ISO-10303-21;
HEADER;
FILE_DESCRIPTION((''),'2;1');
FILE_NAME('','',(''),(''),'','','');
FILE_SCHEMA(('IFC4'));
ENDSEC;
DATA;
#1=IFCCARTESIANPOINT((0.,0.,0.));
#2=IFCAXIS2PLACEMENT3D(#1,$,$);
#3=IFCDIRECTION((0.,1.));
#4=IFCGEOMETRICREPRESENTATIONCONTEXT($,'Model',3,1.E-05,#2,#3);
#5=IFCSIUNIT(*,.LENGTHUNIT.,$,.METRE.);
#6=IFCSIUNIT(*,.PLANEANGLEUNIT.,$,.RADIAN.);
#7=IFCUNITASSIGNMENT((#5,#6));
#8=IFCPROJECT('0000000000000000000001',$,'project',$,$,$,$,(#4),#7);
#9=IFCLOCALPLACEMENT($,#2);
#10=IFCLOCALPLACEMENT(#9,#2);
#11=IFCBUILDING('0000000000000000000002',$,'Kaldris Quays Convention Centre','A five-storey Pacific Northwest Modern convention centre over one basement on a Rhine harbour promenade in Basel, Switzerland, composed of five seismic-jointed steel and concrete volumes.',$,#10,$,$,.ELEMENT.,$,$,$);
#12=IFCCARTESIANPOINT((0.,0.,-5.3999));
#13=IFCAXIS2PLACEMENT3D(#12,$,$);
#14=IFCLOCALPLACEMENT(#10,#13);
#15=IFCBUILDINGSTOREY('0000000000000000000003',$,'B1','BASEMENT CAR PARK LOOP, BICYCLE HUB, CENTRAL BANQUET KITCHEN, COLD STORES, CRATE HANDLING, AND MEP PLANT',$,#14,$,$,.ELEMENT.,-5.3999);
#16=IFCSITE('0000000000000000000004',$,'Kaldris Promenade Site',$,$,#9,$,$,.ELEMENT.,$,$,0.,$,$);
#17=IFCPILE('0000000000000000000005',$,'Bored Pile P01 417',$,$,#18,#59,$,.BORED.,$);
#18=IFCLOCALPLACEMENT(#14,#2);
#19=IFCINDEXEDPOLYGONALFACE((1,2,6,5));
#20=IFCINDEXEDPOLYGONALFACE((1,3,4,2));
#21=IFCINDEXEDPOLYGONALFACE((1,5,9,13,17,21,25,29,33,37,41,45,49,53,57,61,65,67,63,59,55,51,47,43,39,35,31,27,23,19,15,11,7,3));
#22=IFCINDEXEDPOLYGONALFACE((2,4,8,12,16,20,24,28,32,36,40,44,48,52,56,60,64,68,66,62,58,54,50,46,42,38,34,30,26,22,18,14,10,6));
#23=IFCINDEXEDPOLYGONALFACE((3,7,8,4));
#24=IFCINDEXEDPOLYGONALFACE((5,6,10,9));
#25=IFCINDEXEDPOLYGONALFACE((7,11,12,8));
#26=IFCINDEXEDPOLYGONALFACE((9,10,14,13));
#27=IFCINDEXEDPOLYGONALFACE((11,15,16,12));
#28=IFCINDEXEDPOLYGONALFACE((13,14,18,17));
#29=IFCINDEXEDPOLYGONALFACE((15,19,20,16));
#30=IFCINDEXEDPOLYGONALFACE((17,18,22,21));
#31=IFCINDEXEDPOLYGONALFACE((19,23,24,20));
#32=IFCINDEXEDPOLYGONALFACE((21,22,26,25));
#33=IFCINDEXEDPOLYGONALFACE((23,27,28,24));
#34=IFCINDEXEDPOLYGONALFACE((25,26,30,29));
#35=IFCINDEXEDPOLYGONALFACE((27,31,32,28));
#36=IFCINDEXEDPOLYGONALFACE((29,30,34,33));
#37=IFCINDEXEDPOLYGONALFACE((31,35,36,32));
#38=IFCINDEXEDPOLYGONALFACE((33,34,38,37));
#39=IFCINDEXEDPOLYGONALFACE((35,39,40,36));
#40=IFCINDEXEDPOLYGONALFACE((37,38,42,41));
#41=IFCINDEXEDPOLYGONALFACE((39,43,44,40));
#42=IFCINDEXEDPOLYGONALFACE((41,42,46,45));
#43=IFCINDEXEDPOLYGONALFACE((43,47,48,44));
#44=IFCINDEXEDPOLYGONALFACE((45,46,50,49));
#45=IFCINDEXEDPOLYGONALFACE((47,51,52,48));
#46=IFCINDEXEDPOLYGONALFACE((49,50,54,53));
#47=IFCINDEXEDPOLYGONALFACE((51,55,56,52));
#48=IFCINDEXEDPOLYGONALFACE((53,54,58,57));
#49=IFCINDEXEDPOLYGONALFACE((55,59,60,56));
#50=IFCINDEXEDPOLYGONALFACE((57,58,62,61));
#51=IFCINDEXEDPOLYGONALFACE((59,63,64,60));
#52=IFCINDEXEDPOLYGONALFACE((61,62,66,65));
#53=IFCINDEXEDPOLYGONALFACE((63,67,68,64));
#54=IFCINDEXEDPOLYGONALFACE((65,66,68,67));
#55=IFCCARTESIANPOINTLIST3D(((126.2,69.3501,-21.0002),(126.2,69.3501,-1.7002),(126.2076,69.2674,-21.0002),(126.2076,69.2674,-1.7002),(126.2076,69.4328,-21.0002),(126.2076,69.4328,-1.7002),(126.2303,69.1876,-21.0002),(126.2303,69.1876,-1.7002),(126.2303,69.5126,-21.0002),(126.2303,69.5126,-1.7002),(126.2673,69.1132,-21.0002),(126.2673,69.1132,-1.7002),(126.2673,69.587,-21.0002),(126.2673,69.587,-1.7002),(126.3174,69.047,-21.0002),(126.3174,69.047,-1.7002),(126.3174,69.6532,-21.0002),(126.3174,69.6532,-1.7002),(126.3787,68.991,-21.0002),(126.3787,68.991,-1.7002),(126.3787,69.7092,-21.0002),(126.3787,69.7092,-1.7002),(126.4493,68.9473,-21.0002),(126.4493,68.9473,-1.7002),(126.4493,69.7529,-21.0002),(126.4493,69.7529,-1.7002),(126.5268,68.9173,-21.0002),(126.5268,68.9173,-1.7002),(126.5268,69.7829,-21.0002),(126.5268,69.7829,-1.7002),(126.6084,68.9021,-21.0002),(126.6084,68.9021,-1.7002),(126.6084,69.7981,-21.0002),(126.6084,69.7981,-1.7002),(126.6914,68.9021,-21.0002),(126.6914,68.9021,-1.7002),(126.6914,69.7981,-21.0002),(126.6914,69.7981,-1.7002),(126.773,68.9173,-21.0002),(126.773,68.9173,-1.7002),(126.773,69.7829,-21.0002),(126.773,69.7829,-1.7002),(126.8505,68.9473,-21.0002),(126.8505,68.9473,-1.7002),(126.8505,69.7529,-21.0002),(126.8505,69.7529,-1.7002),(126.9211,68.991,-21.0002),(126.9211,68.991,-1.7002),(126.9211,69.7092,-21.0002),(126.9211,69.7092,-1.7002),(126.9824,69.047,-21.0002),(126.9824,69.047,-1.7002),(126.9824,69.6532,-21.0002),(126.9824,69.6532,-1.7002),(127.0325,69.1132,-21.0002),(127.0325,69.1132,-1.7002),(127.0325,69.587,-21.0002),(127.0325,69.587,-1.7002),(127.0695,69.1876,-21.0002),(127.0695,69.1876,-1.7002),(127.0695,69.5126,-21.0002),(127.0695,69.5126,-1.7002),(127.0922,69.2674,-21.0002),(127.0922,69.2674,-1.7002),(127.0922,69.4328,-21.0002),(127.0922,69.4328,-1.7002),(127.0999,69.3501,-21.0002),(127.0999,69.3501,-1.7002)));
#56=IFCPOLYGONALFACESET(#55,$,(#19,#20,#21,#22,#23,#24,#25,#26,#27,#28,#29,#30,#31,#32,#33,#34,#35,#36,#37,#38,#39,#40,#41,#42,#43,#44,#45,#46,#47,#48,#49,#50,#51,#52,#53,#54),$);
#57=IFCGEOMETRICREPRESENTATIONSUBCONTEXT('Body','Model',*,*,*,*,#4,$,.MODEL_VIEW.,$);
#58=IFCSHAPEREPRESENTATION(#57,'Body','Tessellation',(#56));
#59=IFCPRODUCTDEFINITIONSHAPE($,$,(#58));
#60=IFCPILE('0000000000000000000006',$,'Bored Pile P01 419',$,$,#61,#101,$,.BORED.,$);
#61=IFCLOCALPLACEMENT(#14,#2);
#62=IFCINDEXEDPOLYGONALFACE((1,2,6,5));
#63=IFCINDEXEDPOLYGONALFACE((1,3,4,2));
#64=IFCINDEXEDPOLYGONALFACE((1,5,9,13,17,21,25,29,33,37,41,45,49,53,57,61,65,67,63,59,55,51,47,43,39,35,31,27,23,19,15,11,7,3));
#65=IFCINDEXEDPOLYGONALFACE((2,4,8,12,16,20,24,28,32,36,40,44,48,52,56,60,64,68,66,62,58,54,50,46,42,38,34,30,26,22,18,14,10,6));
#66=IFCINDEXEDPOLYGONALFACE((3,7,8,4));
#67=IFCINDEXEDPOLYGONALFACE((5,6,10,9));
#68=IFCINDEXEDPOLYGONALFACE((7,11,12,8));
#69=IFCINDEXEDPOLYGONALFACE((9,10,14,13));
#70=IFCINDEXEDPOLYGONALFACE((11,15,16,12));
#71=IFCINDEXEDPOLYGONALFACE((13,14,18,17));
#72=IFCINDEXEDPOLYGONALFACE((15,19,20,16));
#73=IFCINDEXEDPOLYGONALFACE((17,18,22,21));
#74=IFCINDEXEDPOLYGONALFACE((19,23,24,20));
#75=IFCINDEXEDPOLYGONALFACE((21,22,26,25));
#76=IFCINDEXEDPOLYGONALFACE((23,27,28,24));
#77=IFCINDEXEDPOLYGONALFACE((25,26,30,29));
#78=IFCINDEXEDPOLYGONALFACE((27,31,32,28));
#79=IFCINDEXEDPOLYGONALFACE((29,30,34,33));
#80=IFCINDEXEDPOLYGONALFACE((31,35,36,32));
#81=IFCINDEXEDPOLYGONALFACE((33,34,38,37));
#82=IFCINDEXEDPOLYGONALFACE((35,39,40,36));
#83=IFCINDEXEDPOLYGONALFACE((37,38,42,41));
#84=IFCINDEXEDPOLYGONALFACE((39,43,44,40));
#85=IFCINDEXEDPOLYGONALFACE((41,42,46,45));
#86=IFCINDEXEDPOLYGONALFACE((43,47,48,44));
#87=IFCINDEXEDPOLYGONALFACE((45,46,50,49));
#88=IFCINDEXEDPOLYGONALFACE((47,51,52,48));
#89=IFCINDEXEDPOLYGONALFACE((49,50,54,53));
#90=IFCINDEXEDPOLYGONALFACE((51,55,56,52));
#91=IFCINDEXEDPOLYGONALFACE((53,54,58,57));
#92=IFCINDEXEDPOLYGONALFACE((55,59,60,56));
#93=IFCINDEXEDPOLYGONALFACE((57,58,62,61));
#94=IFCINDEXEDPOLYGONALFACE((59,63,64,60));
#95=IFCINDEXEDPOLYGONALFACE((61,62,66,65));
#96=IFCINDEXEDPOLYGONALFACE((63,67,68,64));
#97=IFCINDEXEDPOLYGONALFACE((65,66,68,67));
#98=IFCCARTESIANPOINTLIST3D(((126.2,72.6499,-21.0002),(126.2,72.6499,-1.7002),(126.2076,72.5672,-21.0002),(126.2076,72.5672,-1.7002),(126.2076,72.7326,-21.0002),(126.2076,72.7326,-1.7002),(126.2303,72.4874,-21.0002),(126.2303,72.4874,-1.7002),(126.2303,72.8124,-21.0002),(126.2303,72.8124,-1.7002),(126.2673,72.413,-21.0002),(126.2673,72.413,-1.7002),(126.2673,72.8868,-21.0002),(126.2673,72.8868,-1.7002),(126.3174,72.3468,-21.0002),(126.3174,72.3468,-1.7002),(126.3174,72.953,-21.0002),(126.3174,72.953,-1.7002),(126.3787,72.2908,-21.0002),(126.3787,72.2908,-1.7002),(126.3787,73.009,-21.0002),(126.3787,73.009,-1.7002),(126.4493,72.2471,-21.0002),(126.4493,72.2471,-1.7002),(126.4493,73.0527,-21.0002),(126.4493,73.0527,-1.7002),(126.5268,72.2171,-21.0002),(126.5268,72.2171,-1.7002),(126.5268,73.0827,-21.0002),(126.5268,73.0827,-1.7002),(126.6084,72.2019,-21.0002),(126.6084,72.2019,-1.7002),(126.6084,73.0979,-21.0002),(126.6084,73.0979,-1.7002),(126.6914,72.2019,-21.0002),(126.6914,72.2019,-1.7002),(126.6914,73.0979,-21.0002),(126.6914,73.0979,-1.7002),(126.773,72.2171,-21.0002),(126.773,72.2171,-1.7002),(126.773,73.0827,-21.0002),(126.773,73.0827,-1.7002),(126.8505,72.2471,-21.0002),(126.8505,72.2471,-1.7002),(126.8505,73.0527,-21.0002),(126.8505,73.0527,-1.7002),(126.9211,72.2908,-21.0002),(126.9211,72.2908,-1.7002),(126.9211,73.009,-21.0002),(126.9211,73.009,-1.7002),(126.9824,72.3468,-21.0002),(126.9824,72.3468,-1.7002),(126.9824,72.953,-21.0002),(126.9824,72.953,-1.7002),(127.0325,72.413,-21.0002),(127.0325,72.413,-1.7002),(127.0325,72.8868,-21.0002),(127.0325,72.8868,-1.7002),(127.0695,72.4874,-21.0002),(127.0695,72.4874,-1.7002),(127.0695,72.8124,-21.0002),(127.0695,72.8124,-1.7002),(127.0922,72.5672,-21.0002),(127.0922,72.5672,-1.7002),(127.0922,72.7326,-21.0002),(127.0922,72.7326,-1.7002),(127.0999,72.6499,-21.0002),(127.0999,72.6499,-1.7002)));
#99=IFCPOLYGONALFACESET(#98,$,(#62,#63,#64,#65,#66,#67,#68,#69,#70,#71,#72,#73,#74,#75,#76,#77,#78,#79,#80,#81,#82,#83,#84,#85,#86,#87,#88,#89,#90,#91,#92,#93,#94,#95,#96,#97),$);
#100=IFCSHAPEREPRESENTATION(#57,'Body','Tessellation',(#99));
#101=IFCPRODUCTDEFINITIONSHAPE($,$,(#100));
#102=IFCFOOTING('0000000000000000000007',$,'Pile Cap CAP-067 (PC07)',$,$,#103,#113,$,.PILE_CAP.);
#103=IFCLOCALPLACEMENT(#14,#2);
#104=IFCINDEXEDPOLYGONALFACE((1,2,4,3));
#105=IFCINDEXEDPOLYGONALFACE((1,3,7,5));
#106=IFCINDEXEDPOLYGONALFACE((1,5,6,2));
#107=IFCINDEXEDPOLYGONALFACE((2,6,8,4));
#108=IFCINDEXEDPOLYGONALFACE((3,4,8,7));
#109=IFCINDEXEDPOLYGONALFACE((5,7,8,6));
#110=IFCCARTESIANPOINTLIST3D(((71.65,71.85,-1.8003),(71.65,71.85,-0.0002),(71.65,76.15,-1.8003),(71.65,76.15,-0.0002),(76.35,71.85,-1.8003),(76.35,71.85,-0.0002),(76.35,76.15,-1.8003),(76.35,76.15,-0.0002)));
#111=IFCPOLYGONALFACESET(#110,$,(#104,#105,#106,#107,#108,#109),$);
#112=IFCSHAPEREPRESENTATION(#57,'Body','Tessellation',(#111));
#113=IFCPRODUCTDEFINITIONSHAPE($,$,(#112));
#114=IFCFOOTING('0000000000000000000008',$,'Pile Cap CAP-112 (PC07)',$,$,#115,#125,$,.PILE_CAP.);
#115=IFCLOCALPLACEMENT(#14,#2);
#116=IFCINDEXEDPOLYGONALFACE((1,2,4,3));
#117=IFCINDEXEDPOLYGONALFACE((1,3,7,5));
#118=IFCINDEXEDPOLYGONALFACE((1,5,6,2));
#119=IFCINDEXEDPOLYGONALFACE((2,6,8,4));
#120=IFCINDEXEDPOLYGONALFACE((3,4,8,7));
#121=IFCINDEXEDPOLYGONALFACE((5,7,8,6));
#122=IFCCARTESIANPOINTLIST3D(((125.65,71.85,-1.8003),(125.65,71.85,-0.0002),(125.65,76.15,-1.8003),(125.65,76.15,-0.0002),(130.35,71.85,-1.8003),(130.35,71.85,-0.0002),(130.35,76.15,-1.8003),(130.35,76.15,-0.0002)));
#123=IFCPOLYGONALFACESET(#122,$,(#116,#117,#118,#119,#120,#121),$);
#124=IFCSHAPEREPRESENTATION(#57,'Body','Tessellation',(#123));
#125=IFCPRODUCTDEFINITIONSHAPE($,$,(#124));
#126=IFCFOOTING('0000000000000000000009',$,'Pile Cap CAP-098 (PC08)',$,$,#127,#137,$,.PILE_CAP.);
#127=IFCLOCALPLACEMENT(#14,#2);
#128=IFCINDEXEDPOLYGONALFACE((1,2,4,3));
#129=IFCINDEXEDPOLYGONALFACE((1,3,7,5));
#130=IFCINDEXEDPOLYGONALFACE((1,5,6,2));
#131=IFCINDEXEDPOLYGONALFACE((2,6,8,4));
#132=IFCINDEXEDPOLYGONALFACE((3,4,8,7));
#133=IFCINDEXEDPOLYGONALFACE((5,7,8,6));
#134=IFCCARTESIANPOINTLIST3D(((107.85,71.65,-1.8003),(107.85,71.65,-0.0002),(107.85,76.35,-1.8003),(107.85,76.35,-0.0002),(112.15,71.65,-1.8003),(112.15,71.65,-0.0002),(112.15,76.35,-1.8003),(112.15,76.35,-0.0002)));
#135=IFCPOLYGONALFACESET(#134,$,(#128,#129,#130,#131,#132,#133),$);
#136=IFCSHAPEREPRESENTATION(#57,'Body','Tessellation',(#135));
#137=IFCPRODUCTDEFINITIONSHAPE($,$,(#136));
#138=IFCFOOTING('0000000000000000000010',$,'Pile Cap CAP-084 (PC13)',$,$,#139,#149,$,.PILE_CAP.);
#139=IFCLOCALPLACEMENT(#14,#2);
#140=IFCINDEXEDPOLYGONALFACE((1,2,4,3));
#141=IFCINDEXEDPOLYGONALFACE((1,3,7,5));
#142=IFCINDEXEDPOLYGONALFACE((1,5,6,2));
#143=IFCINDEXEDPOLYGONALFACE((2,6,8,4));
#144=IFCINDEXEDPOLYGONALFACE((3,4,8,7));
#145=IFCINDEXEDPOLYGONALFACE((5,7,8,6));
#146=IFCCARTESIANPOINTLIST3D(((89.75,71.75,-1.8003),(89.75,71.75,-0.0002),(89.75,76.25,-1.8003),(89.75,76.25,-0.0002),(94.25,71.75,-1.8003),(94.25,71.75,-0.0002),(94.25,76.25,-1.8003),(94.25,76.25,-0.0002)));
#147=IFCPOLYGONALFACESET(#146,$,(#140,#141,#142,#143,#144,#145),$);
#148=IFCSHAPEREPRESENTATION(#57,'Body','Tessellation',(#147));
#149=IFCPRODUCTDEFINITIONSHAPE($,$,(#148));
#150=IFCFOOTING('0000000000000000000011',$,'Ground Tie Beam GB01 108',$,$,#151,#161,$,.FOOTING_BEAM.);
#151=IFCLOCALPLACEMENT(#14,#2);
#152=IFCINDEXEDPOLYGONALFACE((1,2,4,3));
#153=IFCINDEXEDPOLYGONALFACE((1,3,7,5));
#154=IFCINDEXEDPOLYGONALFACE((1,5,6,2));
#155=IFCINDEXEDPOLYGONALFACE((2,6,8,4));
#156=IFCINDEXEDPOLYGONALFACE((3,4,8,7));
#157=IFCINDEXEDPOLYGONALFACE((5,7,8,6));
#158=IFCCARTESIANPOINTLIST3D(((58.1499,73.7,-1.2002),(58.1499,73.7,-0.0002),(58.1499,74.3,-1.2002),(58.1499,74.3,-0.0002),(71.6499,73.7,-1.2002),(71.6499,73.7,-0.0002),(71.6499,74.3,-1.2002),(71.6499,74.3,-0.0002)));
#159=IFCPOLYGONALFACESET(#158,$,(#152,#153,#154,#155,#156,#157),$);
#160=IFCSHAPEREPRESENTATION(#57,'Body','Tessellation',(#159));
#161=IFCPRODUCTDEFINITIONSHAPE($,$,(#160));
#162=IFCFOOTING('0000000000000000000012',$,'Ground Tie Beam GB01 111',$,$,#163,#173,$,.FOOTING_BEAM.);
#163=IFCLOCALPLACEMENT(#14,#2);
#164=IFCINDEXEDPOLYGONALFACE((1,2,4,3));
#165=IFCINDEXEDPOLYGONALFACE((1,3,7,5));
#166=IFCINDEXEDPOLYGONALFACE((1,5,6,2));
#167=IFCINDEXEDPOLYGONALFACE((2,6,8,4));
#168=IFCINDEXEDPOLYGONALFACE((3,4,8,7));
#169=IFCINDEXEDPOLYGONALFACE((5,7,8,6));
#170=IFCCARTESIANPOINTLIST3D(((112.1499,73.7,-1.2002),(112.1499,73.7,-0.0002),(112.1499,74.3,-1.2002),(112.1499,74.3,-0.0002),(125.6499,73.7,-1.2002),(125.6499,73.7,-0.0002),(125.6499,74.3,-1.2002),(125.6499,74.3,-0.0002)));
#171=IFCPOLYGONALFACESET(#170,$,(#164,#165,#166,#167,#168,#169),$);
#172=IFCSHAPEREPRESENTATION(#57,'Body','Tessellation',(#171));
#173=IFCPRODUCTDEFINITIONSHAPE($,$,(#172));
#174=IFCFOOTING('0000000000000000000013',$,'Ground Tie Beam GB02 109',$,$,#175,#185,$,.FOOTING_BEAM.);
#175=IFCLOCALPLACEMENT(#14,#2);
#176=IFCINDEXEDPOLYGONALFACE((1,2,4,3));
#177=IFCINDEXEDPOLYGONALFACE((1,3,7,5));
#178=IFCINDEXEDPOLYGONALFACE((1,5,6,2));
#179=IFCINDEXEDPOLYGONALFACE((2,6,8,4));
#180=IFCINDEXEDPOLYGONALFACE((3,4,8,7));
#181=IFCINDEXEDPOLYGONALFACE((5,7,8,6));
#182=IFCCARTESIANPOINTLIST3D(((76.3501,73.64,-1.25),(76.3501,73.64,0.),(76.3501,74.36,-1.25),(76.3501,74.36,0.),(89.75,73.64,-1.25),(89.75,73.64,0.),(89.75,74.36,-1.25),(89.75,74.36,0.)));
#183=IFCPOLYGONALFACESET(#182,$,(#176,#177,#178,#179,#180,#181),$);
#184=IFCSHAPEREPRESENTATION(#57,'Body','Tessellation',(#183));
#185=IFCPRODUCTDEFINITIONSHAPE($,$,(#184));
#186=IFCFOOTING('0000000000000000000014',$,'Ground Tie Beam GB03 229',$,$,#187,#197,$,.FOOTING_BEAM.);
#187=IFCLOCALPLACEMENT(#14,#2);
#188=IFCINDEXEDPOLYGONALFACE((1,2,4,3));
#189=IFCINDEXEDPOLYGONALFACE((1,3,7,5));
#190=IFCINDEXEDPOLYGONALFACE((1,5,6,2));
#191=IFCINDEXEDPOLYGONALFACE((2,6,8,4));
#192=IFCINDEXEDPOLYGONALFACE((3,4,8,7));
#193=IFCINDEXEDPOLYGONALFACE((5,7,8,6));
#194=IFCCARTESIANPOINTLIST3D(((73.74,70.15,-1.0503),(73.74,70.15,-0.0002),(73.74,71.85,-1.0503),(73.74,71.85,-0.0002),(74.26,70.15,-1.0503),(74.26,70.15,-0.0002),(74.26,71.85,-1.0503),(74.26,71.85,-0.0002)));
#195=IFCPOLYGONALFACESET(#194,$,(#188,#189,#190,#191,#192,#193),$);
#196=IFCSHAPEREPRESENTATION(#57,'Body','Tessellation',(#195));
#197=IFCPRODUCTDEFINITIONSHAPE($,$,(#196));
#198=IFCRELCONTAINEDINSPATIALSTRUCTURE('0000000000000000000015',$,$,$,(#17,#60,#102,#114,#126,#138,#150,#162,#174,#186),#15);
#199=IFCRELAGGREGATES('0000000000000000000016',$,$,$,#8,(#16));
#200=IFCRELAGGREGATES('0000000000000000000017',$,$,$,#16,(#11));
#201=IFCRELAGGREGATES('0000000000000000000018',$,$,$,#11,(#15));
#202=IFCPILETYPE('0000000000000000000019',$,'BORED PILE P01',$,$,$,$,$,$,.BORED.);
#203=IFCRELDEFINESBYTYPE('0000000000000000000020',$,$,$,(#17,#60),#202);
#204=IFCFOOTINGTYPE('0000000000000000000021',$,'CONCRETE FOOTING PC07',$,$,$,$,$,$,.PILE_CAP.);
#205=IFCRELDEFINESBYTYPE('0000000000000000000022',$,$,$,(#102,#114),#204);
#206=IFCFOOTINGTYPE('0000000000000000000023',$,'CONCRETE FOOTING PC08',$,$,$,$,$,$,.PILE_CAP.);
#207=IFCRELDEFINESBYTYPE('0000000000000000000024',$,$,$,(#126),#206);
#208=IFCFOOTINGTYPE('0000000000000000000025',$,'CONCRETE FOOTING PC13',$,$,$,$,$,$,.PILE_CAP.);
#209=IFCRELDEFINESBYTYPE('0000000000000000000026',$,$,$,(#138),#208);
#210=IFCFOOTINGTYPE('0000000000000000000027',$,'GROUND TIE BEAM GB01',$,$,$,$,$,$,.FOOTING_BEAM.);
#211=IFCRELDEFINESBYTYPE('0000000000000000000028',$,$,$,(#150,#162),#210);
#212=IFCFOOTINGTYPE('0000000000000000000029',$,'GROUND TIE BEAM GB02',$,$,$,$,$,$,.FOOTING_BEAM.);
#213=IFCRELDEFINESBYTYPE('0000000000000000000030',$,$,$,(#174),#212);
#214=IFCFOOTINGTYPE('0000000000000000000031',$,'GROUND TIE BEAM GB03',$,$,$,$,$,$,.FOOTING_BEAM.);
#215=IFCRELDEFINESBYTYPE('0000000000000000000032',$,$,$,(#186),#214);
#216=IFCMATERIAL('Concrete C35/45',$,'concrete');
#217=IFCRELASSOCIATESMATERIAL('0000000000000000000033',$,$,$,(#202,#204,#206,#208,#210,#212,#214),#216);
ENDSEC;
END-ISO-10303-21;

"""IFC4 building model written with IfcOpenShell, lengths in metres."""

from ifc_helpers import new_model, si_unit, direction, frame, origin, origin_2d, place, context, subcontext, project, spatial, rectangle, circle, extrude, material, material_profile, profile_set, type_object, element, save


model = new_model("IFC4")

# Units and contexts
model_context = context("Model", 3, precision=1e-05, world=origin(), true_north=direction((0.0, 1.0)))
body_context = subcontext(model_context, "Body", "Model", "MODEL_VIEW")
ifc_project = project(units=[si_unit("LENGTHUNIT", "METRE"), si_unit("PLANEANGLEUNIT", "RADIAN")], contexts=[model_context])

# Site, building, storey
site_placement = place(None, origin())
site = spatial("IfcSite", under=ifc_project, at=site_placement, Name="Kaldris Promenade Site", CompositionType="ELEMENT", RefElevation=0.0)
building_placement = place(site_placement, origin())
building = spatial("IfcBuilding", under=site, at=building_placement, Name="Kaldris Quays Convention Centre", Description="A five-storey Pacific Northwest Modern convention centre over one basement on a Rhine harbour promenade in Basel, Switzerland, composed of five seismic-jointed steel and concrete volumes.", CompositionType="ELEMENT")
storey_placement = place(building_placement, frame((0.0, 0.0, -5.3999)))
storey = spatial("IfcBuildingStorey", under=building, at=storey_placement, Name="B1", Description="BASEMENT CAR PARK LOOP, BICYCLE HUB, CENTRAL BANQUET KITCHEN, COLD STORES, CRATE HANDLING, AND MEP PLANT", CompositionType="ELEMENT", Elevation=-5.3999)

# Piles
ifc_material_1 = material(Name="Concrete C35/45", Category="concrete")
ifc_material_profile_1 = material_profile(ifc_material_1, circle(Radius=0.45, at=origin_2d()), Name="BORED PILE D900")
ifc_profile_set_1 = profile_set([ifc_material_profile_1], Name="Concrete C35/45")
pile_type = type_object("IfcPileType", Name="BORED PILE P01", PredefinedType="BORED", material=ifc_profile_set_1)
for number, where, z_axis, x_axis, name in (
    (1, (126.6499, 69.3501, -1.7002), (0.0, 0.0, -1.0), (1.0, 0.0, 0.0), "Bored Pile P01 417"),
    (2, (126.6499, 72.6499, -1.7002), (0.0, 0.0, -1.0), (1.0, 0.0, 0.0), "Bored Pile P01 419"),
):
    element("IfcPile", number, at=place(storey_placement, frame(where, z_axis=z_axis, x_axis=x_axis)), inside=storey, type_object=pile_type, Name=name, PredefinedType="BORED", context=body_context, shape_type="SweptSolid", body=[
        extrude(circle(Radius=0.45, at=origin_2d()), origin(), (0.0, 0.0, 1.0), 19.3),
    ])

# Footings
footing_type_1 = type_object("IfcFootingType", Name="CONCRETE FOOTING PC07", PredefinedType="PILE_CAP", material=ifc_material_1)
for number, where, z_axis, x_axis, name in (
    (3, (74.0, 74.0, -1.8003), (0.0, 0.0, 1.0), (1.0, 0.0, 0.0), "Pile Cap CAP-067 (PC07)"),
    (4, (128.0, 74.0, -1.8003), (0.0, 0.0, 1.0), (1.0, 0.0, 0.0), "Pile Cap CAP-112 (PC07)"),
):
    element("IfcFooting", number, at=place(storey_placement, frame(where, z_axis=z_axis, x_axis=x_axis)), inside=storey, type_object=footing_type_1, Name=name, PredefinedType="PILE_CAP", context=body_context, shape_type="SweptSolid", body=[
        extrude(rectangle(XDim=4.7, YDim=4.3, at=origin_2d()), origin(), (0.0, 0.0, 1.0), 1.8),
    ])
footing_type_2 = type_object("IfcFootingType", Name="CONCRETE FOOTING PC08", PredefinedType="PILE_CAP", material=ifc_material_1)
footing_1_placement = place(storey_placement, frame((110.0, 74.0, -1.8003), z_axis=(0.0, 0.0, 1.0), x_axis=(1.0, 0.0, 0.0)))
element("IfcFooting", 5, at=footing_1_placement, inside=storey, type_object=footing_type_2, Name="Pile Cap CAP-098 (PC08)", PredefinedType="PILE_CAP", context=body_context, shape_type="SweptSolid", body=[
    extrude(rectangle(XDim=4.3, YDim=4.7, at=origin_2d()), origin(), (0.0, 0.0, 1.0), 1.8),
])
footing_type_3 = type_object("IfcFootingType", Name="CONCRETE FOOTING PC13", PredefinedType="PILE_CAP", material=ifc_material_1)
footing_2_placement = place(storey_placement, frame((92.0, 74.0, -1.8003), z_axis=(0.0, 0.0, 1.0), x_axis=(1.0, 0.0, 0.0)))
element("IfcFooting", 6, at=footing_2_placement, inside=storey, type_object=footing_type_3, Name="Pile Cap CAP-084 (PC13)", PredefinedType="PILE_CAP", context=body_context, shape_type="SweptSolid", body=[
    extrude(rectangle(XDim=4.5, YDim=4.5, at=origin_2d()), origin(), (0.0, 0.0, 1.0), 1.8),
])
footing_type_4 = type_object("IfcFootingType", Name="GROUND TIE BEAM GB01", PredefinedType="FOOTING_BEAM", material=ifc_material_1)
for number, where, z_axis, x_axis, name in (
    (7, (64.8999, 74.0, -1.2002), (0.0, 0.0, 1.0), (1.0, 0.0, 0.0), "Ground Tie Beam GB01 108"),
    (8, (118.8999, 74.0, -1.2002), (0.0, 0.0, 1.0), (1.0, 0.0, 0.0), "Ground Tie Beam GB01 111"),
):
    element("IfcFooting", number, at=place(storey_placement, frame(where, z_axis=z_axis, x_axis=x_axis)), inside=storey, type_object=footing_type_4, Name=name, PredefinedType="FOOTING_BEAM", context=body_context, shape_type="SweptSolid", body=[
        extrude(rectangle(XDim=13.5, YDim=0.6001, at=origin_2d()), origin(), (0.0, 0.0, 1.0), 1.2),
    ])
footing_type_5 = type_object("IfcFootingType", Name="GROUND TIE BEAM GB02", PredefinedType="FOOTING_BEAM", material=ifc_material_1)
footing_3_placement = place(storey_placement, frame((83.05, 74.0, -1.25), z_axis=(0.0, 0.0, 1.0), x_axis=(1.0, 0.0, 0.0)))
element("IfcFooting", 9, at=footing_3_placement, inside=storey, type_object=footing_type_5, Name="Ground Tie Beam GB02 109", PredefinedType="FOOTING_BEAM", context=body_context, shape_type="SweptSolid", body=[
    extrude(rectangle(XDim=13.3999, YDim=0.72, at=origin_2d()), origin(), (0.0, 0.0, 1.0), 1.25),
])
footing_type_6 = type_object("IfcFootingType", Name="GROUND TIE BEAM GB03", PredefinedType="FOOTING_BEAM", material=ifc_material_1)
footing_4_placement = place(storey_placement, frame((74.0, 71.0, -1.0503), z_axis=(0.0, 0.0, 1.0), x_axis=(1.0, 0.0, 0.0)))
element("IfcFooting", 10, at=footing_4_placement, inside=storey, type_object=footing_type_6, Name="Ground Tie Beam GB03 229", PredefinedType="FOOTING_BEAM", context=body_context, shape_type="SweptSolid", body=[
    extrude(rectangle(XDim=0.52, YDim=1.7, at=origin_2d()), origin(), (0.0, 0.0, 1.0), 1.05),
])

save(model, "model.ifc")
